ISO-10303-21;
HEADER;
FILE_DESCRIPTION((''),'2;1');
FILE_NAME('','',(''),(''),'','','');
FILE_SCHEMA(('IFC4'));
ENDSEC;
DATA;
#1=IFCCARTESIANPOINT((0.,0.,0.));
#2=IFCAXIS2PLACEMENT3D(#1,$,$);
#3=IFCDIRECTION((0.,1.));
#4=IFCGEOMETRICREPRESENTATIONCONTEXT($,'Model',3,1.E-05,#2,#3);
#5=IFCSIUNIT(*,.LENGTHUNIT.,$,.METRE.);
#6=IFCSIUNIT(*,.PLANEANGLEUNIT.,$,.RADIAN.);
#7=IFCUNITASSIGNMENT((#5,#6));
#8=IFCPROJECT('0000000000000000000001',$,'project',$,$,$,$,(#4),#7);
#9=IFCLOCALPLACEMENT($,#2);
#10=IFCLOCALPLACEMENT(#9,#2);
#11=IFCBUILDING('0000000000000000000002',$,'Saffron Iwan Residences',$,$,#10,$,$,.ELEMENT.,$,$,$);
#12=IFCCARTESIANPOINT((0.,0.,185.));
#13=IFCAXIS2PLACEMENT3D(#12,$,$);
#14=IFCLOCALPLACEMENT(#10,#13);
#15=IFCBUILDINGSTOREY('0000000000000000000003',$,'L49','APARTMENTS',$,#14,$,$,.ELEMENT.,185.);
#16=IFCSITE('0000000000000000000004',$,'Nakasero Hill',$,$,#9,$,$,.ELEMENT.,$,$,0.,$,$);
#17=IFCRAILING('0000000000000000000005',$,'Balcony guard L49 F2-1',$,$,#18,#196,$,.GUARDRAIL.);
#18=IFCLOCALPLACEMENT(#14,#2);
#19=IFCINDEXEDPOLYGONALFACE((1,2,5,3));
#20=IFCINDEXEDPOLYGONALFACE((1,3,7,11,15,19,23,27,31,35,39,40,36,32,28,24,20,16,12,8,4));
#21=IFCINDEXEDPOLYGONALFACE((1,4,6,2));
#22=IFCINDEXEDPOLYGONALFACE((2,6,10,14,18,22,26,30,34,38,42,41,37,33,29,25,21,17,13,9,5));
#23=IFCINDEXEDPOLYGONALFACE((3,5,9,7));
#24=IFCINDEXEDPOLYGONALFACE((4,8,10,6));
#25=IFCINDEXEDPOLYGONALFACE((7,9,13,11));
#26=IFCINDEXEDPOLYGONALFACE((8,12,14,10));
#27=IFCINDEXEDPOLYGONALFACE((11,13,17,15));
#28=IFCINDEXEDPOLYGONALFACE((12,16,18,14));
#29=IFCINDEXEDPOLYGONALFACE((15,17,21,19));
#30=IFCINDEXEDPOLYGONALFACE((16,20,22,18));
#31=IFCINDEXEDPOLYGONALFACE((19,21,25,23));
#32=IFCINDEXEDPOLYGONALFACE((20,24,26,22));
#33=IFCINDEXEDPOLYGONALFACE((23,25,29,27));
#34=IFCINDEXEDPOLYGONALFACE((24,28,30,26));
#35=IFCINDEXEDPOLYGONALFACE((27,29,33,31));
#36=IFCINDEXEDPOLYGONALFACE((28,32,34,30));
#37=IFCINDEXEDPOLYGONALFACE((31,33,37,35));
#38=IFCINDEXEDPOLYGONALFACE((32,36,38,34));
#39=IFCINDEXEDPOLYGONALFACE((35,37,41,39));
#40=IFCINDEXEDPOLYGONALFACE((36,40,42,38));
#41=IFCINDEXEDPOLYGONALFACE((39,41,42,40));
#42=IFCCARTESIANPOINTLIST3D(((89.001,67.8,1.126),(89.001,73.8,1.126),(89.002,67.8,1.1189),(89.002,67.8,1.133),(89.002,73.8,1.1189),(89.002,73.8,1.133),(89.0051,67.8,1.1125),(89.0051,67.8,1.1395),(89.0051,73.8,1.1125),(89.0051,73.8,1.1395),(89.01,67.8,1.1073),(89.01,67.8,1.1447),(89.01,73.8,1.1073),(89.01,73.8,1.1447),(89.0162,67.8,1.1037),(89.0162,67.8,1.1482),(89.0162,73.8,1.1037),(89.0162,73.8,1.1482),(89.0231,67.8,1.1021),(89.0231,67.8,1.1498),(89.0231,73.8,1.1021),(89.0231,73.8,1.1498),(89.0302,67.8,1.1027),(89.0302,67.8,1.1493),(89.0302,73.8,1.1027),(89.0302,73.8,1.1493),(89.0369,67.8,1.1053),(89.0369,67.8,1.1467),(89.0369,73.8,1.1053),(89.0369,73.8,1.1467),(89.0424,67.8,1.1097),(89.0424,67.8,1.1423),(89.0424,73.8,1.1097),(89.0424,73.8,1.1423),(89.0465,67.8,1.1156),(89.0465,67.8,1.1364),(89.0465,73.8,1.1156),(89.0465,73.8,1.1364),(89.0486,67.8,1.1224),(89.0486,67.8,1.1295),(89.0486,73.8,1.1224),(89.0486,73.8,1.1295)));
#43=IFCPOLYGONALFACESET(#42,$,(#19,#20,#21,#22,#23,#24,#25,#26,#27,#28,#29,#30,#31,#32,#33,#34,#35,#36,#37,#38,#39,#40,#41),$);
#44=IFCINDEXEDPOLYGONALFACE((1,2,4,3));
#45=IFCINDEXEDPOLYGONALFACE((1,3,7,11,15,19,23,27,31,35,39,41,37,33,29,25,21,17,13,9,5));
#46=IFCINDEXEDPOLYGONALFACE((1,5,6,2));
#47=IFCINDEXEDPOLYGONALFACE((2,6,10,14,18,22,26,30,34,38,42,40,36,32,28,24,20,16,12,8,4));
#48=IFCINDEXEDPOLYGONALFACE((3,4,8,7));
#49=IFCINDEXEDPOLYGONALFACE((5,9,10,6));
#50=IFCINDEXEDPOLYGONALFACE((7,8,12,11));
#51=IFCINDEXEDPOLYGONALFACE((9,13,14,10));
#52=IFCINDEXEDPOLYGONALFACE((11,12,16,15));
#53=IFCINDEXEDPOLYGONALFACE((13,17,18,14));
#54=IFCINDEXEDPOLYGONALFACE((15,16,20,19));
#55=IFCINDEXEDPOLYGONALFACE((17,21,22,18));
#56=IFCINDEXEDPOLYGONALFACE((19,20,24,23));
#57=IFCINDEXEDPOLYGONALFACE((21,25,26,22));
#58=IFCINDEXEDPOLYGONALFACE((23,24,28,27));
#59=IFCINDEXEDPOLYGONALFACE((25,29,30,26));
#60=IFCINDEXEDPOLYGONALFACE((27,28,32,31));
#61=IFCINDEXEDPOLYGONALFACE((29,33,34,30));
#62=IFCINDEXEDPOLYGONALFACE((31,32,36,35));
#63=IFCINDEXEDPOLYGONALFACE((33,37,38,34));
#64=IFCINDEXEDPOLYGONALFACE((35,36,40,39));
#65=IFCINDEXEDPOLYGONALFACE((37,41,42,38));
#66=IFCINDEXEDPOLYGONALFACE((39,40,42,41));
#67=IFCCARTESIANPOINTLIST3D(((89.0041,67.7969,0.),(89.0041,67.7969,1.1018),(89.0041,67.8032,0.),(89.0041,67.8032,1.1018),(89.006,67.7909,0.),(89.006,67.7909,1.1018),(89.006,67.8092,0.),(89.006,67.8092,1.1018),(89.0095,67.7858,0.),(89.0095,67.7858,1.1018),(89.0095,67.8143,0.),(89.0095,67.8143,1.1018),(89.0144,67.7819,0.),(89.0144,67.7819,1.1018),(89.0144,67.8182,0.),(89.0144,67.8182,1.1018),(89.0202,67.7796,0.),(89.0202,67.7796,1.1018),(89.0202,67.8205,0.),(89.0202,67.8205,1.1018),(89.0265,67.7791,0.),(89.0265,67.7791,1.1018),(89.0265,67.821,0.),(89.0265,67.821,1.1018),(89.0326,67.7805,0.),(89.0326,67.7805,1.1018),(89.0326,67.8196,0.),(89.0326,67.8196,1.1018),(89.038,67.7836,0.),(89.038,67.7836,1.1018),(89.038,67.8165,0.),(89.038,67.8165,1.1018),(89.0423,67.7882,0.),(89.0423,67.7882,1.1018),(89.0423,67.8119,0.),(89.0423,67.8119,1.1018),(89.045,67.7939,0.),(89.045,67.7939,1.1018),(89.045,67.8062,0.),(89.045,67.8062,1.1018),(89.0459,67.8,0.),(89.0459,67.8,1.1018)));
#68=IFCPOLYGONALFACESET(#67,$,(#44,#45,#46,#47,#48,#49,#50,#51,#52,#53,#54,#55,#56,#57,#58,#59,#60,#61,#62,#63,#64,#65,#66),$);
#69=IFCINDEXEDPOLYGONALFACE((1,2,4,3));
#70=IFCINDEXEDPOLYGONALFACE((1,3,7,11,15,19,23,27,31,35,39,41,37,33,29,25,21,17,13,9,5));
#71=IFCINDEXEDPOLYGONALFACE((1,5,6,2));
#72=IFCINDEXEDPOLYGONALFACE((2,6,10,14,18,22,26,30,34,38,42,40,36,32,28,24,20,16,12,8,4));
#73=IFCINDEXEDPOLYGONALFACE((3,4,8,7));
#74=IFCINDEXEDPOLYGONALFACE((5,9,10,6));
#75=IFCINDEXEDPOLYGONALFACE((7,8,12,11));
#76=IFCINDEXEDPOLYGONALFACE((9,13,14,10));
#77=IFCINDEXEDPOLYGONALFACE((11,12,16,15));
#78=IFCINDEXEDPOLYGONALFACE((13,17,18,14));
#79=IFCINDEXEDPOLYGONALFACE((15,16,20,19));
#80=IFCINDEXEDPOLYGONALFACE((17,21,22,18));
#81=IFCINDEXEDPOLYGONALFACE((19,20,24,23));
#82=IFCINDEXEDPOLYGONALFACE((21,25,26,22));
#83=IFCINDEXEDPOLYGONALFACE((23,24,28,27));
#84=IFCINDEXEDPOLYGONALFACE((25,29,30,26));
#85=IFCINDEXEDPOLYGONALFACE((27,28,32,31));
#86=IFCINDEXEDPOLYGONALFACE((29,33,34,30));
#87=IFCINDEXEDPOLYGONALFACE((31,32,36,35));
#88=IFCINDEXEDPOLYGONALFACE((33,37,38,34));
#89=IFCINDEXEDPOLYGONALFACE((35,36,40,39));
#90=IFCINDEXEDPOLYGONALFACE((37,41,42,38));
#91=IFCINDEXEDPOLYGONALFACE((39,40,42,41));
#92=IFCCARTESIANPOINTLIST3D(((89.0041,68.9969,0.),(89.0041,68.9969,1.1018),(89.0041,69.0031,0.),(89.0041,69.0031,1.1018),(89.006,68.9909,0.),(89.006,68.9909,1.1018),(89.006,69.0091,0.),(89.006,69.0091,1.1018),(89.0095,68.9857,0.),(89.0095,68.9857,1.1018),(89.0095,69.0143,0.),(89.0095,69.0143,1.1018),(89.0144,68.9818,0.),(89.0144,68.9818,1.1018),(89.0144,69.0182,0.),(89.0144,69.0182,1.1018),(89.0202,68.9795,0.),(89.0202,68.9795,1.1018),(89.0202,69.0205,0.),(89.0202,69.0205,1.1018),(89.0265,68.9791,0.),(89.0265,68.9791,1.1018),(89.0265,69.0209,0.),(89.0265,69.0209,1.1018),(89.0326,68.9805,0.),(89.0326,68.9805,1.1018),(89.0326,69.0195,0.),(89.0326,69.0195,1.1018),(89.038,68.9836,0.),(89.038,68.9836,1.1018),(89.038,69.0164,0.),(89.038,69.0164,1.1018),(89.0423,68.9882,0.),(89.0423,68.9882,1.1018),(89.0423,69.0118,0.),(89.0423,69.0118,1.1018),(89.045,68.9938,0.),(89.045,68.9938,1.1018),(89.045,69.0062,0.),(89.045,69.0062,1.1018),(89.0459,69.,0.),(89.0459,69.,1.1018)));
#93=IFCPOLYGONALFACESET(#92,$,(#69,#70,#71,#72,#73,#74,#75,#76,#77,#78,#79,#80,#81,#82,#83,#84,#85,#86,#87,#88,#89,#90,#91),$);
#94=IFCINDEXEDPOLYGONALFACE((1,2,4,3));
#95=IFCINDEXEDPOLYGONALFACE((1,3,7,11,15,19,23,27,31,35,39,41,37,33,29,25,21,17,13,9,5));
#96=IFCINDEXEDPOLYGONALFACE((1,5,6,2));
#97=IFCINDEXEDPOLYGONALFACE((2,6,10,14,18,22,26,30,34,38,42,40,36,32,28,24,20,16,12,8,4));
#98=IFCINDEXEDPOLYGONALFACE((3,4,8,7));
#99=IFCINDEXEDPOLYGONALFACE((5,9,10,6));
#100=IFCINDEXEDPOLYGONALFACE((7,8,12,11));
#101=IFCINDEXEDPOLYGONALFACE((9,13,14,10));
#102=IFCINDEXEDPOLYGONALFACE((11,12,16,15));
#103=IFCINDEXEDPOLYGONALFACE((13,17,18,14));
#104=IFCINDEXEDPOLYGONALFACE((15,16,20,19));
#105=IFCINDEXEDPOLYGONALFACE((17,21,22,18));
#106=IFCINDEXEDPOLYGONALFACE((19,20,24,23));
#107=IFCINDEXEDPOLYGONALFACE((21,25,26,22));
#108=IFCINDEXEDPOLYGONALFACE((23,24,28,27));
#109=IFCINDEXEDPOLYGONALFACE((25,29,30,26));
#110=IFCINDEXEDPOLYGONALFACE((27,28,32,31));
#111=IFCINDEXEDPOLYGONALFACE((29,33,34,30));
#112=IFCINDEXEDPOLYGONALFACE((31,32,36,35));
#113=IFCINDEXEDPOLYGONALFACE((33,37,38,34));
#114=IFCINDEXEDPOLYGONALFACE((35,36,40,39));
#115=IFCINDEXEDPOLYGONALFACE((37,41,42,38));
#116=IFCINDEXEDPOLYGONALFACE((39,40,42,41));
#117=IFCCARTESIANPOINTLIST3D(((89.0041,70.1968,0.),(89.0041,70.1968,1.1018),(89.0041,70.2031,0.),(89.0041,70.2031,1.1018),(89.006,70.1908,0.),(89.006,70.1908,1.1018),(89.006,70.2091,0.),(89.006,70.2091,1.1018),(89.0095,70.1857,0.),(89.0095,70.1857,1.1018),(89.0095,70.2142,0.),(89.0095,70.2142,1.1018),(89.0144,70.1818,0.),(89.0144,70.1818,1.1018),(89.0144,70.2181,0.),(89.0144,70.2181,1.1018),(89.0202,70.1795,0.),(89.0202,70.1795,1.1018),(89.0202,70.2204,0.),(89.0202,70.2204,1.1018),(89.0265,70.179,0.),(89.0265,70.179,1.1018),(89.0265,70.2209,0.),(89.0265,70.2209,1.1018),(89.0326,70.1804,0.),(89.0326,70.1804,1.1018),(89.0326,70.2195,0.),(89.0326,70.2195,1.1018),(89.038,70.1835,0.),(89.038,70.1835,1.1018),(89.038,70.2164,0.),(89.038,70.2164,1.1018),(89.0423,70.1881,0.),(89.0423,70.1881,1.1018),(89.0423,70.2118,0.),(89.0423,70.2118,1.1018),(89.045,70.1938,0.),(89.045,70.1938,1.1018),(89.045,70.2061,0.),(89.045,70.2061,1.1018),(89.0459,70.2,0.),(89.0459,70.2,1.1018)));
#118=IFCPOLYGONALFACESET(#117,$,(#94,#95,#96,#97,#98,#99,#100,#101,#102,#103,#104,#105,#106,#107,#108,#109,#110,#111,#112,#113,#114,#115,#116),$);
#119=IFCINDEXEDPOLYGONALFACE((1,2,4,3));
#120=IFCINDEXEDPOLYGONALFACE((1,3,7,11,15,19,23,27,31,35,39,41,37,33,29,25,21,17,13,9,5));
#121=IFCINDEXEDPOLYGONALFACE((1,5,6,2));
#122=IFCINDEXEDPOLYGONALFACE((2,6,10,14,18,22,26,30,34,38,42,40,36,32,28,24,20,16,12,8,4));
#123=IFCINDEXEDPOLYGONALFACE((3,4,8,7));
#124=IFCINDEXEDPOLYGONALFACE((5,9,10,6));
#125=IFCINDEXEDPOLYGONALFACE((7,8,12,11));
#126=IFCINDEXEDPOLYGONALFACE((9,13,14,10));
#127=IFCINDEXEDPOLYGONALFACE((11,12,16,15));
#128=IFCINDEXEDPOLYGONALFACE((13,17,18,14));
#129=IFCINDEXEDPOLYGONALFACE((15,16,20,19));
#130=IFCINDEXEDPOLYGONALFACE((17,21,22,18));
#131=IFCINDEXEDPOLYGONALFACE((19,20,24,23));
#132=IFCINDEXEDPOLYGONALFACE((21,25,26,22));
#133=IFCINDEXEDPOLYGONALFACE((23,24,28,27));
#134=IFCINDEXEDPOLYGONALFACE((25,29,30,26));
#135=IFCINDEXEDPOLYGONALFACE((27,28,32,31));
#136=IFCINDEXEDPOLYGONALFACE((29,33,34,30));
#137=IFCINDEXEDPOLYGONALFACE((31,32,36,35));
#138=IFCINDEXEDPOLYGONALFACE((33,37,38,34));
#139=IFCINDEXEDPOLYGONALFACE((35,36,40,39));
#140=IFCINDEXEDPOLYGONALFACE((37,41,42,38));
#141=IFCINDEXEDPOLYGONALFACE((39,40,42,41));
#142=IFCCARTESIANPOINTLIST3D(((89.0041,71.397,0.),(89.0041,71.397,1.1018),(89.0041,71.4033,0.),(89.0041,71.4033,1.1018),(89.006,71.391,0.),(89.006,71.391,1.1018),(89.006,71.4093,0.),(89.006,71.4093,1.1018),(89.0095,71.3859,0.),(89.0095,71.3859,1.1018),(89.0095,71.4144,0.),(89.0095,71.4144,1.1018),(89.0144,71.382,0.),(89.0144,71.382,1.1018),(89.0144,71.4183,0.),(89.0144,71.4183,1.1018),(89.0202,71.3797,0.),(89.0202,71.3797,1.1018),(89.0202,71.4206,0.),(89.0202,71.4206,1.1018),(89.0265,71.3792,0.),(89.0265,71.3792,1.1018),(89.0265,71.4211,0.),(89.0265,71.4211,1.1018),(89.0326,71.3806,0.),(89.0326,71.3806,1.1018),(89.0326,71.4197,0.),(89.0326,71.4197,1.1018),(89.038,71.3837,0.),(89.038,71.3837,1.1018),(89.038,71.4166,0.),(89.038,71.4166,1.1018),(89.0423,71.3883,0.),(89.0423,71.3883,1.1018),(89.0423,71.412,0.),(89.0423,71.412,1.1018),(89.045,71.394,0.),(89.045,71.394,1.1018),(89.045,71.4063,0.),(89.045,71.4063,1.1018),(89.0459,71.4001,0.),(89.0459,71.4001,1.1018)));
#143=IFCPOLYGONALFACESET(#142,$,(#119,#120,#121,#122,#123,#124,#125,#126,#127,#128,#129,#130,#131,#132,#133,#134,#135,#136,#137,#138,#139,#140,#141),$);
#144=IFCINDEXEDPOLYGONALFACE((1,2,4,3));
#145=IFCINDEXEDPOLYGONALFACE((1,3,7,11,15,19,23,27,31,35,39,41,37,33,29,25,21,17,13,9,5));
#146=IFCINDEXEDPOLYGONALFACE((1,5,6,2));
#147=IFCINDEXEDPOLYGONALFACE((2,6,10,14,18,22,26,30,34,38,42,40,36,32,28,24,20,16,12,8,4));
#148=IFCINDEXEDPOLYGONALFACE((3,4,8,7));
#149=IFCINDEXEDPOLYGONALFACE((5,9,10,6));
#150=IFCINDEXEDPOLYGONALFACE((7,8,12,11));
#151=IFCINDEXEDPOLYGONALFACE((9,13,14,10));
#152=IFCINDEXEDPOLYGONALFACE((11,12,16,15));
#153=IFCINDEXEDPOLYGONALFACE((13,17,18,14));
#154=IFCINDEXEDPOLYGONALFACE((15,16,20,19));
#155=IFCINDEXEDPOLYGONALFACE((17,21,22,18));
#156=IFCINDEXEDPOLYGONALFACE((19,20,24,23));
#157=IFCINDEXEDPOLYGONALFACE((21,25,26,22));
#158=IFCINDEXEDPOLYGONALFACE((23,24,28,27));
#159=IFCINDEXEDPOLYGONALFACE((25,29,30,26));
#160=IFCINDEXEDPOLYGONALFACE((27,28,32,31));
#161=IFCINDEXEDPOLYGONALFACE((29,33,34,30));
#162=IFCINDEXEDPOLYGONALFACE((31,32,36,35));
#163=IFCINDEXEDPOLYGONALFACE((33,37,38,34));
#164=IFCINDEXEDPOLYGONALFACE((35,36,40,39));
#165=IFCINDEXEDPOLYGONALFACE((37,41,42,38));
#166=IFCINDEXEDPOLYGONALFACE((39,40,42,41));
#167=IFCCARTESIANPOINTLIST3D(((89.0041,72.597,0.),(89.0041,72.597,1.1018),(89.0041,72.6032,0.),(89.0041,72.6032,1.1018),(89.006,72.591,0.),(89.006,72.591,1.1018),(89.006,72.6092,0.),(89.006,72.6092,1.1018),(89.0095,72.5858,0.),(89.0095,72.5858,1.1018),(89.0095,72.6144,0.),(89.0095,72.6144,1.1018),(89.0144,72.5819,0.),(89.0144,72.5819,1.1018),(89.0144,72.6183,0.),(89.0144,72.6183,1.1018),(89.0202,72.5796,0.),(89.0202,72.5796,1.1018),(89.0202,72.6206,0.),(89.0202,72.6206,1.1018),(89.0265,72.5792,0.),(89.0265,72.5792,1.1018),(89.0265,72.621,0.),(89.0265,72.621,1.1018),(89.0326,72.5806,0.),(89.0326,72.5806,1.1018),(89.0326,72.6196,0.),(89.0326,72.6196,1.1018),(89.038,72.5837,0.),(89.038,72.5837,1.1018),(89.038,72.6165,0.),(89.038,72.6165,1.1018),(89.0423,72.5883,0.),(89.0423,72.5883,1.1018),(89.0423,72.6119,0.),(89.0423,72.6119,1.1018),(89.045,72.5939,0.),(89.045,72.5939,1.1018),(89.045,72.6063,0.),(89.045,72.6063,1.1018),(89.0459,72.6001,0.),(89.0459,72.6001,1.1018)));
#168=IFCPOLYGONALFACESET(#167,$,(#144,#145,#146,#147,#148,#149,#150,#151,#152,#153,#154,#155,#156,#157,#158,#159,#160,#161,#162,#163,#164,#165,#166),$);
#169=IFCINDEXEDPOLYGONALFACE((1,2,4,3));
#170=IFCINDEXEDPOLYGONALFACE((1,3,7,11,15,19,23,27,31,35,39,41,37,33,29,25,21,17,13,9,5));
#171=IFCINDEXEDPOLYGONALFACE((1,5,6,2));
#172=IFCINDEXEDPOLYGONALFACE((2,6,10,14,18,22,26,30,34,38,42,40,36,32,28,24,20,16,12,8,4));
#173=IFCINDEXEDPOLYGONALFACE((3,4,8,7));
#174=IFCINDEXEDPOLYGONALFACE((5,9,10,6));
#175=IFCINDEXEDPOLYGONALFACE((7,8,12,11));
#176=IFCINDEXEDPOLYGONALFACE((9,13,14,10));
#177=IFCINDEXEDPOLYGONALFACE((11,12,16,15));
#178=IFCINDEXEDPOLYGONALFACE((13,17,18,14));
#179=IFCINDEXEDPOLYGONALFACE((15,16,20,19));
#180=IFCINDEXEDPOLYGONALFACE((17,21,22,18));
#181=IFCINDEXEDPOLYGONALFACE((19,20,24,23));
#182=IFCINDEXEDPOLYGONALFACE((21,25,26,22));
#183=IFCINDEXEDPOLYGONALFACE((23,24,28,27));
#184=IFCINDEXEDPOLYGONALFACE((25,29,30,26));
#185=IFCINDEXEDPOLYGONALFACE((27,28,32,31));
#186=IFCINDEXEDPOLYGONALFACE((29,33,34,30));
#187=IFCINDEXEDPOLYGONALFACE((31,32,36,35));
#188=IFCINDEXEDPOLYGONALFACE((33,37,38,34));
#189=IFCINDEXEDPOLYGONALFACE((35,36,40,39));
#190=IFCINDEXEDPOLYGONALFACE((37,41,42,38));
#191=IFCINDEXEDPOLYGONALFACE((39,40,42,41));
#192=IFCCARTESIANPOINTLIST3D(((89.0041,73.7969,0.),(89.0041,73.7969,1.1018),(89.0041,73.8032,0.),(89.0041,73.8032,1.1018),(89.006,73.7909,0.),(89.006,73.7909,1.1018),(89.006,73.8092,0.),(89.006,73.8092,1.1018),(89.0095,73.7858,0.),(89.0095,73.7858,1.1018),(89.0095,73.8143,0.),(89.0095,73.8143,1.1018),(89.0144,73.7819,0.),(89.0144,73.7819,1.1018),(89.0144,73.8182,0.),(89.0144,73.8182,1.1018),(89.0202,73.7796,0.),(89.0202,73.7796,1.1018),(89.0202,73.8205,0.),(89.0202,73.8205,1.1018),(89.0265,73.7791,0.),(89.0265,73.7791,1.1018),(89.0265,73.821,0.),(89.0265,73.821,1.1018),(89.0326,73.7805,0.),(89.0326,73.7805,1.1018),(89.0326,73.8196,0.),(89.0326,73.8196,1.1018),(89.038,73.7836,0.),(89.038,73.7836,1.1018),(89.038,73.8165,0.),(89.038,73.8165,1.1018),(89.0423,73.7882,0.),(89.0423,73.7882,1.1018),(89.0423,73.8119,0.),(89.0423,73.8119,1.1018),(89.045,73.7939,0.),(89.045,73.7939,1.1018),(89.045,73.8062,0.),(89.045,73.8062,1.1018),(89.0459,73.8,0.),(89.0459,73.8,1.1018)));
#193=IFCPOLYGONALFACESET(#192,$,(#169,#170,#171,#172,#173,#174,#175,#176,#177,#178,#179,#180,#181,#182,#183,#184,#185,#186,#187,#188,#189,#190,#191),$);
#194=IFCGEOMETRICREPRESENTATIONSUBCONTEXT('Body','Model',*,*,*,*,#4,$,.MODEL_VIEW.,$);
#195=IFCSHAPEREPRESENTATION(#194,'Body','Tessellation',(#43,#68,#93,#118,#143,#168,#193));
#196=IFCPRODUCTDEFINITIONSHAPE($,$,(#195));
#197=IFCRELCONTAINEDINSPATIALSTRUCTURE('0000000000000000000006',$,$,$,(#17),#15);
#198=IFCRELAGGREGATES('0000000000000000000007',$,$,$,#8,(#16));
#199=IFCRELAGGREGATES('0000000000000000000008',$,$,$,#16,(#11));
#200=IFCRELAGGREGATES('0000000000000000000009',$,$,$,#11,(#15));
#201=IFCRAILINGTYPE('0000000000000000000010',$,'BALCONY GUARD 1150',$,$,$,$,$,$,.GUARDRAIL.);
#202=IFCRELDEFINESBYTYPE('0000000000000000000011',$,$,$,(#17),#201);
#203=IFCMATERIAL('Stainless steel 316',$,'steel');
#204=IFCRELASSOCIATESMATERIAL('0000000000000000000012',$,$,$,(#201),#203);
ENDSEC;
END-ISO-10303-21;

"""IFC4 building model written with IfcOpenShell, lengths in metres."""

from ifc_helpers import new_model, si_unit, direction, frame, origin, origin_2d, place, context, subcontext, project, spatial, circle, extrude, material, type_object, element, save


model = new_model("IFC4")

# Units and contexts
model_context = context("Model", 3, precision=1e-05, world=origin(), true_north=direction((0.0, 1.0)))
body_context = subcontext(model_context, "Body", "Model", "MODEL_VIEW")
ifc_project = project(units=[si_unit("LENGTHUNIT", "METRE"), si_unit("PLANEANGLEUNIT", "RADIAN")], contexts=[model_context])

# Site, building, storey
site_placement = place(None, origin())
site = spatial("IfcSite", under=ifc_project, at=site_placement, Name="Nakasero Hill", CompositionType="ELEMENT", RefElevation=0.0)
building_placement = place(site_placement, origin())
building = spatial("IfcBuilding", under=site, at=building_placement, Name="Saffron Iwan Residences", CompositionType="ELEMENT")
storey_placement = place(building_placement, frame((0.0, 0.0, 185.0)))
storey = spatial("IfcBuildingStorey", under=building, at=storey_placement, Name="L49", Description="APARTMENTS", CompositionType="ELEMENT", Elevation=185.0)

# Railing
ifc_material_1 = material(Name="Stainless steel 316", Category="steel")
railing_type_1 = type_object("IfcRailingType", Name="BALCONY GUARD 1150", PredefinedType="GUARDRAIL", material=ifc_material_1)
railing_1_placement = place(storey_placement, frame((89.0249, 67.8, 0.0)))
element("IfcRailing", 1, at=railing_1_placement, inside=storey, type_object=railing_type_1, Name="Balcony guard L49 F2-1", PredefinedType="GUARDRAIL", context=body_context, shape_type="SweptSolid", body=[
    extrude(circle(Radius=0.0239, at=origin_2d()), frame((0.0, 0.0, 1.126), z_axis=(0.0, 1.0, 0.0), x_axis=(-1.0, 0.0, 0.0)), (0.0, 0.0, 1.0), 6.0),
    extrude(circle(Radius=0.021, at=origin_2d()), origin(), (0.0, 0.0, 1.0), 1.1018),
    extrude(circle(Radius=0.021, at=origin_2d()), frame((0.0, 1.2, 0.0)), (0.0, 0.0, 1.0), 1.1018),
    extrude(circle(Radius=0.021, at=origin_2d()), frame((0.0, 2.3999, 0.0)), (0.0, 0.0, 1.0), 1.1018),
    extrude(circle(Radius=0.021, at=origin_2d()), frame((0.0, 3.6001, 0.0)), (0.0, 0.0, 1.0), 1.1018),
    extrude(circle(Radius=0.021, at=origin_2d()), frame((0.0, 4.8, 0.0)), (0.0, 0.0, 1.0), 1.1018),
    extrude(circle(Radius=0.021, at=origin_2d()), frame((0.0, 6.0, 0.0)), (0.0, 0.0, 1.0), 1.1018),
])

save(model, "model.ifc")
